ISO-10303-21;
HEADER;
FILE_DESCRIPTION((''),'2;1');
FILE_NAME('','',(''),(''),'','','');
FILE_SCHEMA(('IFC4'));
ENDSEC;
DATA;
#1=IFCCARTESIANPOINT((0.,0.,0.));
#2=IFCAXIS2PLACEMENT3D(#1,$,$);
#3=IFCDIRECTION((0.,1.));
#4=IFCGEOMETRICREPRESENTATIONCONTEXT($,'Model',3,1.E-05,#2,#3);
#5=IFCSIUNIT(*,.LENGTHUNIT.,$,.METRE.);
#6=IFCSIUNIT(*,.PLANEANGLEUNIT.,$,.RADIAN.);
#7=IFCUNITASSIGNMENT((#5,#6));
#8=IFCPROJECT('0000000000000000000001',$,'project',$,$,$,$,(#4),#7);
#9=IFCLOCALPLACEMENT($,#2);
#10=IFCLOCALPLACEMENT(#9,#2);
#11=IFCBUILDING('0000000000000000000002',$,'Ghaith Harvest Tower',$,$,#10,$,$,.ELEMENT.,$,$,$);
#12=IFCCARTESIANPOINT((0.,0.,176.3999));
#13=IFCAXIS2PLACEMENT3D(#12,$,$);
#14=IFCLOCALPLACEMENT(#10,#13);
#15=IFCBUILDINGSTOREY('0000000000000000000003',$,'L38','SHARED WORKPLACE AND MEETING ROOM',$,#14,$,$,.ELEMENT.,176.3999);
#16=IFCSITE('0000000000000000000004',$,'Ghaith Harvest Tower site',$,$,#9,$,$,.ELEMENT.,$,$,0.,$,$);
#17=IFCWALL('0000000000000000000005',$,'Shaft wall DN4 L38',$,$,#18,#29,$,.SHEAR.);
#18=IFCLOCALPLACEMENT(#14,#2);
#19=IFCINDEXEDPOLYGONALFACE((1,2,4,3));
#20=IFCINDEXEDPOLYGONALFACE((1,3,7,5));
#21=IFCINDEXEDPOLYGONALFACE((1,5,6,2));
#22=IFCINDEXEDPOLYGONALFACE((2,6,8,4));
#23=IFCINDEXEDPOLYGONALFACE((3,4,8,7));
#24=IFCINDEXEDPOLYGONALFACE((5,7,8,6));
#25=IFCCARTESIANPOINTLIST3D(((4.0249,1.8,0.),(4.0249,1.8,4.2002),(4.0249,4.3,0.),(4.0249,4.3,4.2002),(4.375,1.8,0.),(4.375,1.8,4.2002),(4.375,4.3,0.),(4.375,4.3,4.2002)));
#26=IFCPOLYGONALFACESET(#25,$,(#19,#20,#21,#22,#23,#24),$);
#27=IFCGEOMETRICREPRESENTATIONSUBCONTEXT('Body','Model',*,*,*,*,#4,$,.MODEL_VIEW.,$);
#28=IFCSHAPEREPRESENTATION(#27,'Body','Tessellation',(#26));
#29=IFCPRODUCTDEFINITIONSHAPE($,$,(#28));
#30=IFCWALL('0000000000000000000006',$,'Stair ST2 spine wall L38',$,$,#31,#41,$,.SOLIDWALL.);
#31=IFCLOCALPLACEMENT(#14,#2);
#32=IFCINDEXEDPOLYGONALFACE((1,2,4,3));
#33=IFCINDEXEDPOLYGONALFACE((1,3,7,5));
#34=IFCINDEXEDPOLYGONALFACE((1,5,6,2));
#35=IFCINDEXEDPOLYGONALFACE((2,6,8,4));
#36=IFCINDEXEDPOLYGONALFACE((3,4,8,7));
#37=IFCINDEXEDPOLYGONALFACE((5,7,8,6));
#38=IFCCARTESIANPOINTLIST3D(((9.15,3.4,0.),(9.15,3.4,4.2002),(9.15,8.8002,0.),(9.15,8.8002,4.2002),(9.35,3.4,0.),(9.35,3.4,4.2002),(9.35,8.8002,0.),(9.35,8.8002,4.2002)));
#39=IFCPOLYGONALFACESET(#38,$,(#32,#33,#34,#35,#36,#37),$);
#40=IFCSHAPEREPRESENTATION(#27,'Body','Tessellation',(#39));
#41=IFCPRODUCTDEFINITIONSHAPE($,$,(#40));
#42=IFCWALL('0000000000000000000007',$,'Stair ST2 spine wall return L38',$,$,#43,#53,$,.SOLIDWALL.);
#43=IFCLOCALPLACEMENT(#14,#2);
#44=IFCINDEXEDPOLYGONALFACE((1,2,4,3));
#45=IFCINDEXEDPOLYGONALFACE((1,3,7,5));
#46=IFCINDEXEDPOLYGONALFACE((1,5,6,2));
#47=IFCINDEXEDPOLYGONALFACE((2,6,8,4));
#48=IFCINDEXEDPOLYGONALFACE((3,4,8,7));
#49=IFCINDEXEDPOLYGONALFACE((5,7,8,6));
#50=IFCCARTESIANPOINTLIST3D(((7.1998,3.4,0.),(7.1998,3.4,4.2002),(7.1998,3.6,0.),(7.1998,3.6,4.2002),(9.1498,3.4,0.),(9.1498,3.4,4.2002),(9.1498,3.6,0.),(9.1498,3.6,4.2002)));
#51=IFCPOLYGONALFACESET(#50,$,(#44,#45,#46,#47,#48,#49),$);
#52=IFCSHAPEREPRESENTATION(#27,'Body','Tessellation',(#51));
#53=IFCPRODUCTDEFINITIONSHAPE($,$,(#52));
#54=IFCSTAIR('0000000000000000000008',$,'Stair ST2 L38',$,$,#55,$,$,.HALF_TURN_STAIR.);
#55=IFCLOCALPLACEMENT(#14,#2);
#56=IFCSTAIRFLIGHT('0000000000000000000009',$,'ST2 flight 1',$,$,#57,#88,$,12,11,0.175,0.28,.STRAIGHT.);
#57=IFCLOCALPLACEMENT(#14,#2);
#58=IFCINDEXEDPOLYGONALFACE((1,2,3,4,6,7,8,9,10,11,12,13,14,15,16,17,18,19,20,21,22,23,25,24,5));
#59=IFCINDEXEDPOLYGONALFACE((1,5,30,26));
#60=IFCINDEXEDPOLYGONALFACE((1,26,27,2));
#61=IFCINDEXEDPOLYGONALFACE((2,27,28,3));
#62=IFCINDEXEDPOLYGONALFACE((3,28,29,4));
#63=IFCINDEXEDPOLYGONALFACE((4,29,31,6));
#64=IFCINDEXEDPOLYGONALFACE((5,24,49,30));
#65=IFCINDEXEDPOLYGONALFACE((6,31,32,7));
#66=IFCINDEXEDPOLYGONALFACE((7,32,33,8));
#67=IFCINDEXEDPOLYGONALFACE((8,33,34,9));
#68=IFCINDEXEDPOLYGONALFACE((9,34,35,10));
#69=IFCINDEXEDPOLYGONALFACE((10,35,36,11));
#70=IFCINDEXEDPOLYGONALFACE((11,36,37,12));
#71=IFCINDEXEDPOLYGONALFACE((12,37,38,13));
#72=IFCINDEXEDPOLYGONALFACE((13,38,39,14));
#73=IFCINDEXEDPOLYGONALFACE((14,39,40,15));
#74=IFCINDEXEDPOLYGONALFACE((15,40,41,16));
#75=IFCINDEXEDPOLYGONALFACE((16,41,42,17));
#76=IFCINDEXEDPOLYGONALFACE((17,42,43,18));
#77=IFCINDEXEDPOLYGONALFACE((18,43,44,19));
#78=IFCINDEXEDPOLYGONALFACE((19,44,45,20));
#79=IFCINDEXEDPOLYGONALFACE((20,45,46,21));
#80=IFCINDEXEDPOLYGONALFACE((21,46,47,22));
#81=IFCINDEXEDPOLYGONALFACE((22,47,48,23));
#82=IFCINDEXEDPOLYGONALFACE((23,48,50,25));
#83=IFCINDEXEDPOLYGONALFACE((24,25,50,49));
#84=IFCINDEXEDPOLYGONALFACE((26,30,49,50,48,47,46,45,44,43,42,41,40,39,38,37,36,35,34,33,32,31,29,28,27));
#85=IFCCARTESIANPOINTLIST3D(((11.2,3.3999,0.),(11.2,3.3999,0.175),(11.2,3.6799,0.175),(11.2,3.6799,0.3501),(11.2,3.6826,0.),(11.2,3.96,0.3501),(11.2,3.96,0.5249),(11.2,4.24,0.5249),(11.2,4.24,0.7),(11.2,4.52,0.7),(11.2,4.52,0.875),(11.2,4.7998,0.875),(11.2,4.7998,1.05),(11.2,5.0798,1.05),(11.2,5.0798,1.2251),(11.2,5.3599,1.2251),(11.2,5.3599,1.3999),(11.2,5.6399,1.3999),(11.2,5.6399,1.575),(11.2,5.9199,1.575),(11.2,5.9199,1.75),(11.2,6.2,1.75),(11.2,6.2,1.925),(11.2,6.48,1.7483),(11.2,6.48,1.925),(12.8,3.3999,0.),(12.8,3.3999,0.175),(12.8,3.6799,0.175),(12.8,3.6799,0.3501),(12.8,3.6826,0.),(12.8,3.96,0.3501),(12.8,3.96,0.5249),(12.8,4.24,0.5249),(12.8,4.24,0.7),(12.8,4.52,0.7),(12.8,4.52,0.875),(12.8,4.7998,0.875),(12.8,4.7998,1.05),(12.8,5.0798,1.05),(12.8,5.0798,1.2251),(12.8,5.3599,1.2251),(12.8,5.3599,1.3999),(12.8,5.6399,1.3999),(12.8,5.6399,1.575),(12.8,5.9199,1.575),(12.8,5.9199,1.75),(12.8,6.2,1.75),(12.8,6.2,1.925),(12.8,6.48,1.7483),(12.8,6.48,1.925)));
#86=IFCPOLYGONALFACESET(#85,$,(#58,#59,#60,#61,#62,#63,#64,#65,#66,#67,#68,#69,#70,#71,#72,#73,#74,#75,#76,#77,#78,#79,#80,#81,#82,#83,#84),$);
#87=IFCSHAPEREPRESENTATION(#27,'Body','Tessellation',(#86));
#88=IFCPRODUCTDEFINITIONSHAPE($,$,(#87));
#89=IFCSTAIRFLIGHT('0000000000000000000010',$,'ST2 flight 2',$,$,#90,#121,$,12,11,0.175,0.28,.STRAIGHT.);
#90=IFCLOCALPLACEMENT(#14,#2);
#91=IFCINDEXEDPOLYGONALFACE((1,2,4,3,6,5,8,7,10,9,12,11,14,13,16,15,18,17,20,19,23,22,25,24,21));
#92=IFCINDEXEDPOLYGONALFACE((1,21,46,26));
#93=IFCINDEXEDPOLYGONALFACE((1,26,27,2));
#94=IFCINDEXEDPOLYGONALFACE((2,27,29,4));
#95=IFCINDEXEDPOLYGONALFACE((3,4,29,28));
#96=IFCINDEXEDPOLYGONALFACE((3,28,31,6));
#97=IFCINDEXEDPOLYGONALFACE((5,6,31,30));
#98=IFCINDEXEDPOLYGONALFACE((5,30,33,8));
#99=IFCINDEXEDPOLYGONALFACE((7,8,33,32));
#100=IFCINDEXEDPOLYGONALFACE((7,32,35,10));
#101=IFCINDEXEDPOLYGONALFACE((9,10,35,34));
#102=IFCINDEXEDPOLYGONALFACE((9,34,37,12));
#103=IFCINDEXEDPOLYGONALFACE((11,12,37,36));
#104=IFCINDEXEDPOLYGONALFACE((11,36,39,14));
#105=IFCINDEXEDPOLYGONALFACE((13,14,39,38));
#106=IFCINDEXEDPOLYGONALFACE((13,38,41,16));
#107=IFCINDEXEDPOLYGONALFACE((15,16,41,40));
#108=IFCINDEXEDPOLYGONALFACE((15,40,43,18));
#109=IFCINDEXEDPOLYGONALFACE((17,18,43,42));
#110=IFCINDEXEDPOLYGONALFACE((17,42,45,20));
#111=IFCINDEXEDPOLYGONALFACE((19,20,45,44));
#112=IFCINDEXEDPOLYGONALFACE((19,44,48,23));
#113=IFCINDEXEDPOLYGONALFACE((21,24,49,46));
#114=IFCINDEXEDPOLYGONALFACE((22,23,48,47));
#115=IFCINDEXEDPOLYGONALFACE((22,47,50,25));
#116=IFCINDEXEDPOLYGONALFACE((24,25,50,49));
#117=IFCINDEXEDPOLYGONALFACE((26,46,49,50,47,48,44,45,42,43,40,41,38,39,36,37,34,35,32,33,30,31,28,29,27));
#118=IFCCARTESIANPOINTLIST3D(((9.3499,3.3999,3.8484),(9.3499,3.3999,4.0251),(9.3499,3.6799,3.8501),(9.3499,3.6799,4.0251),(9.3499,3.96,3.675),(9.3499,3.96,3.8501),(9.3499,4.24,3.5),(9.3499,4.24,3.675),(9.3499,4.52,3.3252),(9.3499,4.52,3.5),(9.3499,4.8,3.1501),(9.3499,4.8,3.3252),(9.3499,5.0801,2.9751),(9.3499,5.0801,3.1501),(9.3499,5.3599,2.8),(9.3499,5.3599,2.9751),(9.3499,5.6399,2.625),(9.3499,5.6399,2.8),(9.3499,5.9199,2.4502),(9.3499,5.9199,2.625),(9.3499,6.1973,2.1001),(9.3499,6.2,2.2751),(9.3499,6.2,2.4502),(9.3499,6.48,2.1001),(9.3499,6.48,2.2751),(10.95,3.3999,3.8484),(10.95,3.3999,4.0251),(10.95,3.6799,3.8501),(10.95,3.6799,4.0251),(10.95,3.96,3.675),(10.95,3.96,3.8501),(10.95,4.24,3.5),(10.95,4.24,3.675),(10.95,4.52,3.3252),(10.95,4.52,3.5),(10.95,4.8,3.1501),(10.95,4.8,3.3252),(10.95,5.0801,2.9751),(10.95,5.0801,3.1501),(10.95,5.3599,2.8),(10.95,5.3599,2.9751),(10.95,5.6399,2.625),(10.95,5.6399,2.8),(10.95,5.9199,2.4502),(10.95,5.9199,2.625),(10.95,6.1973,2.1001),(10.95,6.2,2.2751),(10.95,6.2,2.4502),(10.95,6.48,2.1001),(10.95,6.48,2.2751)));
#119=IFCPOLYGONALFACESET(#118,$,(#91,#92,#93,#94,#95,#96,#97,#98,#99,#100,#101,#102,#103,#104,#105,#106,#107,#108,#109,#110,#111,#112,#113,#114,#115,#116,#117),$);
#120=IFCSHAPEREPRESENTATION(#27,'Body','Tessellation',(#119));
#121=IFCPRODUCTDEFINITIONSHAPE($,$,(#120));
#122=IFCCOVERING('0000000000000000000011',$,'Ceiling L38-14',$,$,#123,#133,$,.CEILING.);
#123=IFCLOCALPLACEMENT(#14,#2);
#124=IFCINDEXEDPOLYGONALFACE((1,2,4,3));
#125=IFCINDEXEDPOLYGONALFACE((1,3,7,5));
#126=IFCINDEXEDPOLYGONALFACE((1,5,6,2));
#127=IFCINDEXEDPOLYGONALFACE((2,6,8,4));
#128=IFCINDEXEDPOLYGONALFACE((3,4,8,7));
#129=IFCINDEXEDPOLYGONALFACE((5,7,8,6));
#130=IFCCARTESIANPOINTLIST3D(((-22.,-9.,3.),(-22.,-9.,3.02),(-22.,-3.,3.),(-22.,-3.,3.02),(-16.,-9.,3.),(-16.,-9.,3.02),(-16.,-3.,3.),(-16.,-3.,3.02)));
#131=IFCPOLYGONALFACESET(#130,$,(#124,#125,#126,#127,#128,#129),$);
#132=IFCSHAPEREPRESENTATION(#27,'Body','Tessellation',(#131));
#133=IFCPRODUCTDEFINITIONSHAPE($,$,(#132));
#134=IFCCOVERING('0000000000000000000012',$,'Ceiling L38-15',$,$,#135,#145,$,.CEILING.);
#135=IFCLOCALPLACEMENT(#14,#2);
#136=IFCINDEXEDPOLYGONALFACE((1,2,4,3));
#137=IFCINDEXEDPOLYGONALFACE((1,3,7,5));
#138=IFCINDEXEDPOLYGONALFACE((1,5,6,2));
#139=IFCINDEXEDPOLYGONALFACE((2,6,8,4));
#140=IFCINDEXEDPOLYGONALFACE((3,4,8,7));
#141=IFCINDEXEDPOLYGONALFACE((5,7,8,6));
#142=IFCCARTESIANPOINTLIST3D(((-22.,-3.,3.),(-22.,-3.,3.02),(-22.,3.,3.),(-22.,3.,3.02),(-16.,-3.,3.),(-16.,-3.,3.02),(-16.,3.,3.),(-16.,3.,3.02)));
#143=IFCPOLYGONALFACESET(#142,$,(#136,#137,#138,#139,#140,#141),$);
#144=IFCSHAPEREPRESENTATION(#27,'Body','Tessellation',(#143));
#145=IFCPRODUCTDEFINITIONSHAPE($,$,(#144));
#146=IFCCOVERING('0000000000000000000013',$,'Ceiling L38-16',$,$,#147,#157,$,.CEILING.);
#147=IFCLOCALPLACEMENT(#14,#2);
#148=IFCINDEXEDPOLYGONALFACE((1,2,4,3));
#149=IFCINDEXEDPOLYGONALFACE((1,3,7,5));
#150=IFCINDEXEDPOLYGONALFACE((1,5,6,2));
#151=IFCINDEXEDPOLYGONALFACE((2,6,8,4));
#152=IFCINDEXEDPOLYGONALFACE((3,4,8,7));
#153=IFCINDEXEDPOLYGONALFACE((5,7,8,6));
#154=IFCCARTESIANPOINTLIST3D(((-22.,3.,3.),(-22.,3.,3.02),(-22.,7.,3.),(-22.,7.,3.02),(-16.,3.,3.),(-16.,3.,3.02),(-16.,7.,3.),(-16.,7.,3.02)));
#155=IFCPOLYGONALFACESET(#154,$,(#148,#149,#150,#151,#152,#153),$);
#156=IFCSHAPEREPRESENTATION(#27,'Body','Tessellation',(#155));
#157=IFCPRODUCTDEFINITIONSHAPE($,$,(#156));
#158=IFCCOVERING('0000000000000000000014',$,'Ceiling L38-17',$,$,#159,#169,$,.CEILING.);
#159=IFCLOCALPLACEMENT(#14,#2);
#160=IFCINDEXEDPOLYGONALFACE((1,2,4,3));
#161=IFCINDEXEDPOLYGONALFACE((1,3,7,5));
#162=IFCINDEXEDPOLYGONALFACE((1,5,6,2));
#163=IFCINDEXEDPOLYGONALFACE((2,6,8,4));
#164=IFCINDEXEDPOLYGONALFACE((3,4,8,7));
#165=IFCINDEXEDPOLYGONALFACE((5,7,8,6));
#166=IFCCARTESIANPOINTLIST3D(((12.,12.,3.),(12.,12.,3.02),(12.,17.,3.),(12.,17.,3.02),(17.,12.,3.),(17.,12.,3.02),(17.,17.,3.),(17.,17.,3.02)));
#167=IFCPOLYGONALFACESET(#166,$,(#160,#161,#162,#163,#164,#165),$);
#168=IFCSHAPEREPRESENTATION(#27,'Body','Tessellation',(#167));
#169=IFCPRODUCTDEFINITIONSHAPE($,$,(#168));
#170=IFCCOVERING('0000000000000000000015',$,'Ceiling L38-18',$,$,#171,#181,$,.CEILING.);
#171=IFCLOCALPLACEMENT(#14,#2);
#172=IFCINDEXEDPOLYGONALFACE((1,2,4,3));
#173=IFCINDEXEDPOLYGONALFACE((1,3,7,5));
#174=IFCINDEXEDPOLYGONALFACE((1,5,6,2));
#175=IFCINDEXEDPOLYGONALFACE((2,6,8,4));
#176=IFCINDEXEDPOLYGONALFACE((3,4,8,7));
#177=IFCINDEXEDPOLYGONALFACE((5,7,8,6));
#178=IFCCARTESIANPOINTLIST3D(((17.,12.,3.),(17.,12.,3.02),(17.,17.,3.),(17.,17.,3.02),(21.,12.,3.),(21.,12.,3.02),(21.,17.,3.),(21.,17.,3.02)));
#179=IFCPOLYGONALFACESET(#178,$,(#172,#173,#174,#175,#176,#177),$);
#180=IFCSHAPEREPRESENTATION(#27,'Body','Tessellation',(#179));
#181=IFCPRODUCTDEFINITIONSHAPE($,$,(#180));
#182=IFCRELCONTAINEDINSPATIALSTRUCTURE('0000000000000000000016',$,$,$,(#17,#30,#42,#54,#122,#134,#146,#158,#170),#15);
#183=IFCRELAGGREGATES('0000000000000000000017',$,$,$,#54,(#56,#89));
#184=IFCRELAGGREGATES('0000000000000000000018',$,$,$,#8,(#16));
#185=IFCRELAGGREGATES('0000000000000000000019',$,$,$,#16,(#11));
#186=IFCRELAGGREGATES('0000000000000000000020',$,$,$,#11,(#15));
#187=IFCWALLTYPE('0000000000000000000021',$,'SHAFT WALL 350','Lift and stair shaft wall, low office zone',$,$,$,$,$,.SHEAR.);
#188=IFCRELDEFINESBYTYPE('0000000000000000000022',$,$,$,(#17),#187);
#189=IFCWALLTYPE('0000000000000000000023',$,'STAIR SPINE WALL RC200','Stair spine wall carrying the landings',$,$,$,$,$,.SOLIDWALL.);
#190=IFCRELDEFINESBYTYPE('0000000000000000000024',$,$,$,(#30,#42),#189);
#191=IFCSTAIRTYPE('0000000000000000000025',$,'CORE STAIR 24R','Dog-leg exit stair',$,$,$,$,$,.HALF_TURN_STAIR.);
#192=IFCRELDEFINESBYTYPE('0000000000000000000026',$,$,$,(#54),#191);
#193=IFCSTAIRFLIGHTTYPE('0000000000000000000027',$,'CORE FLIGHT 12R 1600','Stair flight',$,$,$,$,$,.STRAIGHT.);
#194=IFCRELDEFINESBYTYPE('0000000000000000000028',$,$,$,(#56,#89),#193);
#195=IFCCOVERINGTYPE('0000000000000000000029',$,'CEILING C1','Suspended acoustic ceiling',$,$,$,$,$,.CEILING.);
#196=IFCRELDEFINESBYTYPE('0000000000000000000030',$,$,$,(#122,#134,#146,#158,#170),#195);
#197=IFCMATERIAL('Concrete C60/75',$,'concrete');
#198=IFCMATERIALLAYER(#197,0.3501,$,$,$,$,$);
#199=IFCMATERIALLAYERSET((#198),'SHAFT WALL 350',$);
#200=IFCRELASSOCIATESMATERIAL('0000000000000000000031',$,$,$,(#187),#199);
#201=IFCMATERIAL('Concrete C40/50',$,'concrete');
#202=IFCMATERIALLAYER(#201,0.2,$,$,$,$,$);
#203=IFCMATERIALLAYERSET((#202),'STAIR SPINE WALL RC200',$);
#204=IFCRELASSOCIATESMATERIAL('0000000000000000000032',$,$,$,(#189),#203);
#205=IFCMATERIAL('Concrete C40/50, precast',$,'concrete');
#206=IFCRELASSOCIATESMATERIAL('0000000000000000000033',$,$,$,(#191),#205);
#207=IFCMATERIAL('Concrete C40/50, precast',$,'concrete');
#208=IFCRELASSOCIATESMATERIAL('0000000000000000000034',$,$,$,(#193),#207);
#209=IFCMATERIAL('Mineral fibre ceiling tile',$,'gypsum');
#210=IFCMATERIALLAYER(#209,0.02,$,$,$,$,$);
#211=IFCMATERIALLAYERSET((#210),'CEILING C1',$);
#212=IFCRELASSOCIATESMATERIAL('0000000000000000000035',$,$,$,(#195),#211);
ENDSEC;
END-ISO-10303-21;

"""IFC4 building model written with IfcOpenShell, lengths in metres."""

from ifc_helpers import new_model, si_unit, direction, frame, frame_2d, origin, place, context, subcontext, project, spatial, polyline, rectangle, outline, extrude, material, layer, layer_set, type_object, element, aggregate, save


model = new_model("IFC4")

# Units and contexts
model_context = context("Model", 3, precision=1e-05, world=origin(), true_north=direction((0.0, 1.0)))
body_context = subcontext(model_context, "Body", "Model", "MODEL_VIEW")
ifc_project = project(units=[si_unit("LENGTHUNIT", "METRE"), si_unit("PLANEANGLEUNIT", "RADIAN")], contexts=[model_context])

# Site, building, storey
site_placement = place(None, origin())
site = spatial("IfcSite", under=ifc_project, at=site_placement, Name="Ghaith Harvest Tower site", CompositionType="ELEMENT", RefElevation=0.0)
building_placement = place(site_placement, origin())
building = spatial("IfcBuilding", under=site, at=building_placement, Name="Ghaith Harvest Tower", CompositionType="ELEMENT")
storey_placement = place(building_placement, frame((0.0, 0.0, 176.3999)))
storey = spatial("IfcBuildingStorey", under=building, at=storey_placement, Name="L38", Description="SHARED WORKPLACE AND MEETING ROOM", CompositionType="ELEMENT", Elevation=176.3999)

# Shared definitions
ifc_material_1 = material(Name="Concrete C60/75", Category="concrete")
ifc_layer_1 = layer(ifc_material_1, 0.3501)
ifc_layer_set_1 = layer_set([ifc_layer_1], Name="SHAFT WALL 350")
wall_type_1 = type_object("IfcWallType", Name="SHAFT WALL 350", Description="Lift and stair shaft wall, low office zone", PredefinedType="SHEAR", material=ifc_layer_set_1)

# Walls
wall_1_placement = place(storey_placement, frame((4.2, 1.8, 0.0), z_axis=(0.0, 0.0, 1.0), x_axis=(0.0, 1.0, 0.0)))
element("IfcWall", 1, at=wall_1_placement, inside=storey, type_object=wall_type_1, Name="Shaft wall DN4 L38", PredefinedType="SHEAR", context=body_context, shape_type="SweptSolid", body=[
    extrude(rectangle(XDim=2.5, YDim=0.3501, at=frame_2d((1.25, 0.0))), origin(), (0.0, 0.0, 1.0), 4.2002),
])
ifc_material_2 = material(Name="Concrete C40/50", Category="concrete")
ifc_layer_2 = layer(ifc_material_2, 0.2)
ifc_layer_set_2 = layer_set([ifc_layer_2], Name="STAIR SPINE WALL RC200")
wall_type_2 = type_object("IfcWallType", Name="STAIR SPINE WALL RC200", Description="Stair spine wall carrying the landings", PredefinedType="SOLIDWALL", material=ifc_layer_set_2)
wall_2_placement = place(storey_placement, frame((9.25, 3.3999, 0.0), z_axis=(0.0, 0.0, 1.0), x_axis=(0.0, 1.0, 0.0)))
element("IfcWall", 2, at=wall_2_placement, inside=storey, type_object=wall_type_2, Name="Stair ST2 spine wall L38", PredefinedType="SOLIDWALL", context=body_context, shape_type="SweptSolid", body=[
    extrude(rectangle(XDim=5.4001, YDim=0.2, at=frame_2d((2.7002, 0.0))), origin(), (0.0, 0.0, 1.0), 4.2002),
])
wall_3_placement = place(storey_placement, frame((9.1499, 3.5, 0.0), z_axis=(0.0, 0.0, 1.0), x_axis=(-1.0, 0.0, 0.0)))
element("IfcWall", 3, at=wall_3_placement, inside=storey, type_object=wall_type_2, Name="Stair ST2 spine wall return L38", PredefinedType="SOLIDWALL", context=body_context, shape_type="SweptSolid", body=[
    extrude(rectangle(XDim=1.95, YDim=0.2, at=frame_2d((0.9751, 0.0))), origin(), (0.0, 0.0, 1.0), 4.2002),
])

# Stair, stair flights
ifc_material_3 = material(Name="Concrete C40/50, precast", Category="concrete")
stair_type = type_object("IfcStairType", Name="CORE STAIR 24R", Description="Dog-leg exit stair", PredefinedType="HALF_TURN_STAIR", material=ifc_material_3)
stair_placement = place(storey_placement, origin())
stair = element("IfcStair", 4, at=stair_placement, inside=storey, type_object=stair_type, Name="Stair ST2 L38", PredefinedType="HALF_TURN_STAIR")
ifc_material_4 = material(Name="Concrete C40/50, precast", Category="concrete")
stair_flight_type = type_object("IfcStairFlightType", Name="CORE FLIGHT 12R 1600", Description="Stair flight", PredefinedType="STRAIGHT", material=ifc_material_4)
stair_flight_1_placement = place(storey_placement, frame((12.0, 3.3999, 0.0), z_axis=(0.0, 0.0, 1.0), x_axis=(0.0, 1.0, 0.0)))
stair_flight_1 = element("IfcStairFlight", 5, at=stair_flight_1_placement, type_object=stair_flight_type, Name="ST2 flight 1", NumberOfRisers=12, NumberOfTreads=11, PredefinedType="STRAIGHT", RiserHeight=0.175, TreadLength=0.28, context=body_context, shape_type="SweptSolid", body=[
    extrude(outline(polyline([(0.0, 0.0), (0.0, 0.175), (0.28, 0.175), (0.28, 0.3501), (0.5601, 0.3501), (0.5601, 0.5249), (0.8401, 0.5249), (0.8401, 0.7), (1.1201, 0.7), (1.1201, 0.875), (1.3999, 0.875), (1.3999, 1.05), (1.6799, 1.05), (1.6799, 1.2251), (1.96, 1.2251), (1.96, 1.3999), (2.24, 1.3999), (2.24, 1.575), (2.52, 1.575), (2.52, 1.75), (2.8, 1.75), (2.8, 1.925), (3.0801, 1.925), (3.0801, 2.1001), (3.0801, 1.7483), (0.2827, 0.0), (0.0, 0.0)])), frame((0.0, 0.8, 0.0), z_axis=(0.0, -1.0, 0.0), x_axis=(1.0, 0.0, 0.0)), (0.0, 0.0, 1.0), 1.6001),
])
stair_flight_2_placement = place(storey_placement, frame((10.1499, 6.48, 2.1001), z_axis=(0.0, 0.0, 1.0), x_axis=(0.0, -1.0, 0.0)))
stair_flight_2 = element("IfcStairFlight", 6, at=stair_flight_2_placement, type_object=stair_flight_type, Name="ST2 flight 2", NumberOfRisers=12, NumberOfTreads=11, PredefinedType="STRAIGHT", RiserHeight=0.175, TreadLength=0.28, context=body_context, shape_type="SweptSolid", body=[
    extrude(outline(polyline([(0.0, 0.0), (0.0, 0.175), (0.28, 0.175), (0.28, 0.3501), (0.5601, 0.3501), (0.5601, 0.5249), (0.8401, 0.5249), (0.8401, 0.7), (1.1201, 0.7), (1.1201, 0.875), (1.3999, 0.875), (1.3999, 1.05), (1.6799, 1.05), (1.6799, 1.2251), (1.96, 1.2251), (1.96, 1.3999), (2.24, 1.3999), (2.24, 1.575), (2.52, 1.575), (2.52, 1.75), (2.8, 1.75), (2.8, 1.925), (3.0801, 1.925), (3.0801, 2.1001), (3.0801, 1.7483), (0.2827, 0.0), (0.0, 0.0)])), frame((0.0, 0.8, 0.0), z_axis=(0.0, -1.0, 0.0), x_axis=(1.0, 0.0, 0.0)), (0.0, 0.0, 1.0), 1.6001),
])
aggregate(stair, [stair_flight_1, stair_flight_2])

# Coverings
ifc_material_5 = material(Name="Mineral fibre ceiling tile", Category="gypsum")
ifc_layer_3 = layer(ifc_material_5, 0.02)
ifc_layer_set_3 = layer_set([ifc_layer_3], Name="CEILING C1")
covering_type = type_object("IfcCoveringType", Name="CEILING C1", Description="Suspended acoustic ceiling", PredefinedType="CEILING", material=ifc_layer_set_3)
covering_1_placement = place(storey_placement, frame((0.0, 0.0, 3.0)))
element("IfcCovering", 7, at=covering_1_placement, inside=storey, type_object=covering_type, Name="Ceiling L38-14", PredefinedType="CEILING", context=body_context, shape_type="SweptSolid", body=[
    extrude(outline(polyline([(-22.0, -9.0), (-16.0, -9.0), (-16.0, -3.0), (-22.0, -3.0), (-22.0, -9.0)])), origin(), (0.0, 0.0, 1.0), 0.02),
])
covering_2_placement = place(storey_placement, frame((0.0, 0.0, 3.0)))
element("IfcCovering", 8, at=covering_2_placement, inside=storey, type_object=covering_type, Name="Ceiling L38-15", PredefinedType="CEILING", context=body_context, shape_type="SweptSolid", body=[
    extrude(outline(polyline([(-22.0, -3.0), (-16.0, -3.0), (-16.0, 3.0), (-22.0, 3.0), (-22.0, -3.0)])), origin(), (0.0, 0.0, 1.0), 0.02),
])
covering_3_placement = place(storey_placement, frame((0.0, 0.0, 3.0)))
element("IfcCovering", 9, at=covering_3_placement, inside=storey, type_object=covering_type, Name="Ceiling L38-16", PredefinedType="CEILING", context=body_context, shape_type="SweptSolid", body=[
    extrude(outline(polyline([(-22.0, 3.0), (-16.0, 3.0), (-16.0, 7.0), (-22.0, 7.0), (-22.0, 3.0)])), origin(), (0.0, 0.0, 1.0), 0.02),
])
covering_4_placement = place(storey_placement, frame((0.0, 0.0, 3.0)))
element("IfcCovering", 10, at=covering_4_placement, inside=storey, type_object=covering_type, Name="Ceiling L38-17", PredefinedType="CEILING", context=body_context, shape_type="SweptSolid", body=[
    extrude(outline(polyline([(12.0, 12.0), (17.0, 12.0), (17.0, 17.0), (12.0, 17.0), (12.0, 12.0)])), origin(), (0.0, 0.0, 1.0), 0.02),
])
covering_5_placement = place(storey_placement, frame((0.0, 0.0, 3.0)))
element("IfcCovering", 11, at=covering_5_placement, inside=storey, type_object=covering_type, Name="Ceiling L38-18", PredefinedType="CEILING", context=body_context, shape_type="SweptSolid", body=[
    extrude(outline(polyline([(17.0, 12.0), (21.0, 12.0), (21.0, 17.0), (17.0, 17.0), (17.0, 12.0)])), origin(), (0.0, 0.0, 1.0), 0.02),
])

save(model, "model.ifc")
